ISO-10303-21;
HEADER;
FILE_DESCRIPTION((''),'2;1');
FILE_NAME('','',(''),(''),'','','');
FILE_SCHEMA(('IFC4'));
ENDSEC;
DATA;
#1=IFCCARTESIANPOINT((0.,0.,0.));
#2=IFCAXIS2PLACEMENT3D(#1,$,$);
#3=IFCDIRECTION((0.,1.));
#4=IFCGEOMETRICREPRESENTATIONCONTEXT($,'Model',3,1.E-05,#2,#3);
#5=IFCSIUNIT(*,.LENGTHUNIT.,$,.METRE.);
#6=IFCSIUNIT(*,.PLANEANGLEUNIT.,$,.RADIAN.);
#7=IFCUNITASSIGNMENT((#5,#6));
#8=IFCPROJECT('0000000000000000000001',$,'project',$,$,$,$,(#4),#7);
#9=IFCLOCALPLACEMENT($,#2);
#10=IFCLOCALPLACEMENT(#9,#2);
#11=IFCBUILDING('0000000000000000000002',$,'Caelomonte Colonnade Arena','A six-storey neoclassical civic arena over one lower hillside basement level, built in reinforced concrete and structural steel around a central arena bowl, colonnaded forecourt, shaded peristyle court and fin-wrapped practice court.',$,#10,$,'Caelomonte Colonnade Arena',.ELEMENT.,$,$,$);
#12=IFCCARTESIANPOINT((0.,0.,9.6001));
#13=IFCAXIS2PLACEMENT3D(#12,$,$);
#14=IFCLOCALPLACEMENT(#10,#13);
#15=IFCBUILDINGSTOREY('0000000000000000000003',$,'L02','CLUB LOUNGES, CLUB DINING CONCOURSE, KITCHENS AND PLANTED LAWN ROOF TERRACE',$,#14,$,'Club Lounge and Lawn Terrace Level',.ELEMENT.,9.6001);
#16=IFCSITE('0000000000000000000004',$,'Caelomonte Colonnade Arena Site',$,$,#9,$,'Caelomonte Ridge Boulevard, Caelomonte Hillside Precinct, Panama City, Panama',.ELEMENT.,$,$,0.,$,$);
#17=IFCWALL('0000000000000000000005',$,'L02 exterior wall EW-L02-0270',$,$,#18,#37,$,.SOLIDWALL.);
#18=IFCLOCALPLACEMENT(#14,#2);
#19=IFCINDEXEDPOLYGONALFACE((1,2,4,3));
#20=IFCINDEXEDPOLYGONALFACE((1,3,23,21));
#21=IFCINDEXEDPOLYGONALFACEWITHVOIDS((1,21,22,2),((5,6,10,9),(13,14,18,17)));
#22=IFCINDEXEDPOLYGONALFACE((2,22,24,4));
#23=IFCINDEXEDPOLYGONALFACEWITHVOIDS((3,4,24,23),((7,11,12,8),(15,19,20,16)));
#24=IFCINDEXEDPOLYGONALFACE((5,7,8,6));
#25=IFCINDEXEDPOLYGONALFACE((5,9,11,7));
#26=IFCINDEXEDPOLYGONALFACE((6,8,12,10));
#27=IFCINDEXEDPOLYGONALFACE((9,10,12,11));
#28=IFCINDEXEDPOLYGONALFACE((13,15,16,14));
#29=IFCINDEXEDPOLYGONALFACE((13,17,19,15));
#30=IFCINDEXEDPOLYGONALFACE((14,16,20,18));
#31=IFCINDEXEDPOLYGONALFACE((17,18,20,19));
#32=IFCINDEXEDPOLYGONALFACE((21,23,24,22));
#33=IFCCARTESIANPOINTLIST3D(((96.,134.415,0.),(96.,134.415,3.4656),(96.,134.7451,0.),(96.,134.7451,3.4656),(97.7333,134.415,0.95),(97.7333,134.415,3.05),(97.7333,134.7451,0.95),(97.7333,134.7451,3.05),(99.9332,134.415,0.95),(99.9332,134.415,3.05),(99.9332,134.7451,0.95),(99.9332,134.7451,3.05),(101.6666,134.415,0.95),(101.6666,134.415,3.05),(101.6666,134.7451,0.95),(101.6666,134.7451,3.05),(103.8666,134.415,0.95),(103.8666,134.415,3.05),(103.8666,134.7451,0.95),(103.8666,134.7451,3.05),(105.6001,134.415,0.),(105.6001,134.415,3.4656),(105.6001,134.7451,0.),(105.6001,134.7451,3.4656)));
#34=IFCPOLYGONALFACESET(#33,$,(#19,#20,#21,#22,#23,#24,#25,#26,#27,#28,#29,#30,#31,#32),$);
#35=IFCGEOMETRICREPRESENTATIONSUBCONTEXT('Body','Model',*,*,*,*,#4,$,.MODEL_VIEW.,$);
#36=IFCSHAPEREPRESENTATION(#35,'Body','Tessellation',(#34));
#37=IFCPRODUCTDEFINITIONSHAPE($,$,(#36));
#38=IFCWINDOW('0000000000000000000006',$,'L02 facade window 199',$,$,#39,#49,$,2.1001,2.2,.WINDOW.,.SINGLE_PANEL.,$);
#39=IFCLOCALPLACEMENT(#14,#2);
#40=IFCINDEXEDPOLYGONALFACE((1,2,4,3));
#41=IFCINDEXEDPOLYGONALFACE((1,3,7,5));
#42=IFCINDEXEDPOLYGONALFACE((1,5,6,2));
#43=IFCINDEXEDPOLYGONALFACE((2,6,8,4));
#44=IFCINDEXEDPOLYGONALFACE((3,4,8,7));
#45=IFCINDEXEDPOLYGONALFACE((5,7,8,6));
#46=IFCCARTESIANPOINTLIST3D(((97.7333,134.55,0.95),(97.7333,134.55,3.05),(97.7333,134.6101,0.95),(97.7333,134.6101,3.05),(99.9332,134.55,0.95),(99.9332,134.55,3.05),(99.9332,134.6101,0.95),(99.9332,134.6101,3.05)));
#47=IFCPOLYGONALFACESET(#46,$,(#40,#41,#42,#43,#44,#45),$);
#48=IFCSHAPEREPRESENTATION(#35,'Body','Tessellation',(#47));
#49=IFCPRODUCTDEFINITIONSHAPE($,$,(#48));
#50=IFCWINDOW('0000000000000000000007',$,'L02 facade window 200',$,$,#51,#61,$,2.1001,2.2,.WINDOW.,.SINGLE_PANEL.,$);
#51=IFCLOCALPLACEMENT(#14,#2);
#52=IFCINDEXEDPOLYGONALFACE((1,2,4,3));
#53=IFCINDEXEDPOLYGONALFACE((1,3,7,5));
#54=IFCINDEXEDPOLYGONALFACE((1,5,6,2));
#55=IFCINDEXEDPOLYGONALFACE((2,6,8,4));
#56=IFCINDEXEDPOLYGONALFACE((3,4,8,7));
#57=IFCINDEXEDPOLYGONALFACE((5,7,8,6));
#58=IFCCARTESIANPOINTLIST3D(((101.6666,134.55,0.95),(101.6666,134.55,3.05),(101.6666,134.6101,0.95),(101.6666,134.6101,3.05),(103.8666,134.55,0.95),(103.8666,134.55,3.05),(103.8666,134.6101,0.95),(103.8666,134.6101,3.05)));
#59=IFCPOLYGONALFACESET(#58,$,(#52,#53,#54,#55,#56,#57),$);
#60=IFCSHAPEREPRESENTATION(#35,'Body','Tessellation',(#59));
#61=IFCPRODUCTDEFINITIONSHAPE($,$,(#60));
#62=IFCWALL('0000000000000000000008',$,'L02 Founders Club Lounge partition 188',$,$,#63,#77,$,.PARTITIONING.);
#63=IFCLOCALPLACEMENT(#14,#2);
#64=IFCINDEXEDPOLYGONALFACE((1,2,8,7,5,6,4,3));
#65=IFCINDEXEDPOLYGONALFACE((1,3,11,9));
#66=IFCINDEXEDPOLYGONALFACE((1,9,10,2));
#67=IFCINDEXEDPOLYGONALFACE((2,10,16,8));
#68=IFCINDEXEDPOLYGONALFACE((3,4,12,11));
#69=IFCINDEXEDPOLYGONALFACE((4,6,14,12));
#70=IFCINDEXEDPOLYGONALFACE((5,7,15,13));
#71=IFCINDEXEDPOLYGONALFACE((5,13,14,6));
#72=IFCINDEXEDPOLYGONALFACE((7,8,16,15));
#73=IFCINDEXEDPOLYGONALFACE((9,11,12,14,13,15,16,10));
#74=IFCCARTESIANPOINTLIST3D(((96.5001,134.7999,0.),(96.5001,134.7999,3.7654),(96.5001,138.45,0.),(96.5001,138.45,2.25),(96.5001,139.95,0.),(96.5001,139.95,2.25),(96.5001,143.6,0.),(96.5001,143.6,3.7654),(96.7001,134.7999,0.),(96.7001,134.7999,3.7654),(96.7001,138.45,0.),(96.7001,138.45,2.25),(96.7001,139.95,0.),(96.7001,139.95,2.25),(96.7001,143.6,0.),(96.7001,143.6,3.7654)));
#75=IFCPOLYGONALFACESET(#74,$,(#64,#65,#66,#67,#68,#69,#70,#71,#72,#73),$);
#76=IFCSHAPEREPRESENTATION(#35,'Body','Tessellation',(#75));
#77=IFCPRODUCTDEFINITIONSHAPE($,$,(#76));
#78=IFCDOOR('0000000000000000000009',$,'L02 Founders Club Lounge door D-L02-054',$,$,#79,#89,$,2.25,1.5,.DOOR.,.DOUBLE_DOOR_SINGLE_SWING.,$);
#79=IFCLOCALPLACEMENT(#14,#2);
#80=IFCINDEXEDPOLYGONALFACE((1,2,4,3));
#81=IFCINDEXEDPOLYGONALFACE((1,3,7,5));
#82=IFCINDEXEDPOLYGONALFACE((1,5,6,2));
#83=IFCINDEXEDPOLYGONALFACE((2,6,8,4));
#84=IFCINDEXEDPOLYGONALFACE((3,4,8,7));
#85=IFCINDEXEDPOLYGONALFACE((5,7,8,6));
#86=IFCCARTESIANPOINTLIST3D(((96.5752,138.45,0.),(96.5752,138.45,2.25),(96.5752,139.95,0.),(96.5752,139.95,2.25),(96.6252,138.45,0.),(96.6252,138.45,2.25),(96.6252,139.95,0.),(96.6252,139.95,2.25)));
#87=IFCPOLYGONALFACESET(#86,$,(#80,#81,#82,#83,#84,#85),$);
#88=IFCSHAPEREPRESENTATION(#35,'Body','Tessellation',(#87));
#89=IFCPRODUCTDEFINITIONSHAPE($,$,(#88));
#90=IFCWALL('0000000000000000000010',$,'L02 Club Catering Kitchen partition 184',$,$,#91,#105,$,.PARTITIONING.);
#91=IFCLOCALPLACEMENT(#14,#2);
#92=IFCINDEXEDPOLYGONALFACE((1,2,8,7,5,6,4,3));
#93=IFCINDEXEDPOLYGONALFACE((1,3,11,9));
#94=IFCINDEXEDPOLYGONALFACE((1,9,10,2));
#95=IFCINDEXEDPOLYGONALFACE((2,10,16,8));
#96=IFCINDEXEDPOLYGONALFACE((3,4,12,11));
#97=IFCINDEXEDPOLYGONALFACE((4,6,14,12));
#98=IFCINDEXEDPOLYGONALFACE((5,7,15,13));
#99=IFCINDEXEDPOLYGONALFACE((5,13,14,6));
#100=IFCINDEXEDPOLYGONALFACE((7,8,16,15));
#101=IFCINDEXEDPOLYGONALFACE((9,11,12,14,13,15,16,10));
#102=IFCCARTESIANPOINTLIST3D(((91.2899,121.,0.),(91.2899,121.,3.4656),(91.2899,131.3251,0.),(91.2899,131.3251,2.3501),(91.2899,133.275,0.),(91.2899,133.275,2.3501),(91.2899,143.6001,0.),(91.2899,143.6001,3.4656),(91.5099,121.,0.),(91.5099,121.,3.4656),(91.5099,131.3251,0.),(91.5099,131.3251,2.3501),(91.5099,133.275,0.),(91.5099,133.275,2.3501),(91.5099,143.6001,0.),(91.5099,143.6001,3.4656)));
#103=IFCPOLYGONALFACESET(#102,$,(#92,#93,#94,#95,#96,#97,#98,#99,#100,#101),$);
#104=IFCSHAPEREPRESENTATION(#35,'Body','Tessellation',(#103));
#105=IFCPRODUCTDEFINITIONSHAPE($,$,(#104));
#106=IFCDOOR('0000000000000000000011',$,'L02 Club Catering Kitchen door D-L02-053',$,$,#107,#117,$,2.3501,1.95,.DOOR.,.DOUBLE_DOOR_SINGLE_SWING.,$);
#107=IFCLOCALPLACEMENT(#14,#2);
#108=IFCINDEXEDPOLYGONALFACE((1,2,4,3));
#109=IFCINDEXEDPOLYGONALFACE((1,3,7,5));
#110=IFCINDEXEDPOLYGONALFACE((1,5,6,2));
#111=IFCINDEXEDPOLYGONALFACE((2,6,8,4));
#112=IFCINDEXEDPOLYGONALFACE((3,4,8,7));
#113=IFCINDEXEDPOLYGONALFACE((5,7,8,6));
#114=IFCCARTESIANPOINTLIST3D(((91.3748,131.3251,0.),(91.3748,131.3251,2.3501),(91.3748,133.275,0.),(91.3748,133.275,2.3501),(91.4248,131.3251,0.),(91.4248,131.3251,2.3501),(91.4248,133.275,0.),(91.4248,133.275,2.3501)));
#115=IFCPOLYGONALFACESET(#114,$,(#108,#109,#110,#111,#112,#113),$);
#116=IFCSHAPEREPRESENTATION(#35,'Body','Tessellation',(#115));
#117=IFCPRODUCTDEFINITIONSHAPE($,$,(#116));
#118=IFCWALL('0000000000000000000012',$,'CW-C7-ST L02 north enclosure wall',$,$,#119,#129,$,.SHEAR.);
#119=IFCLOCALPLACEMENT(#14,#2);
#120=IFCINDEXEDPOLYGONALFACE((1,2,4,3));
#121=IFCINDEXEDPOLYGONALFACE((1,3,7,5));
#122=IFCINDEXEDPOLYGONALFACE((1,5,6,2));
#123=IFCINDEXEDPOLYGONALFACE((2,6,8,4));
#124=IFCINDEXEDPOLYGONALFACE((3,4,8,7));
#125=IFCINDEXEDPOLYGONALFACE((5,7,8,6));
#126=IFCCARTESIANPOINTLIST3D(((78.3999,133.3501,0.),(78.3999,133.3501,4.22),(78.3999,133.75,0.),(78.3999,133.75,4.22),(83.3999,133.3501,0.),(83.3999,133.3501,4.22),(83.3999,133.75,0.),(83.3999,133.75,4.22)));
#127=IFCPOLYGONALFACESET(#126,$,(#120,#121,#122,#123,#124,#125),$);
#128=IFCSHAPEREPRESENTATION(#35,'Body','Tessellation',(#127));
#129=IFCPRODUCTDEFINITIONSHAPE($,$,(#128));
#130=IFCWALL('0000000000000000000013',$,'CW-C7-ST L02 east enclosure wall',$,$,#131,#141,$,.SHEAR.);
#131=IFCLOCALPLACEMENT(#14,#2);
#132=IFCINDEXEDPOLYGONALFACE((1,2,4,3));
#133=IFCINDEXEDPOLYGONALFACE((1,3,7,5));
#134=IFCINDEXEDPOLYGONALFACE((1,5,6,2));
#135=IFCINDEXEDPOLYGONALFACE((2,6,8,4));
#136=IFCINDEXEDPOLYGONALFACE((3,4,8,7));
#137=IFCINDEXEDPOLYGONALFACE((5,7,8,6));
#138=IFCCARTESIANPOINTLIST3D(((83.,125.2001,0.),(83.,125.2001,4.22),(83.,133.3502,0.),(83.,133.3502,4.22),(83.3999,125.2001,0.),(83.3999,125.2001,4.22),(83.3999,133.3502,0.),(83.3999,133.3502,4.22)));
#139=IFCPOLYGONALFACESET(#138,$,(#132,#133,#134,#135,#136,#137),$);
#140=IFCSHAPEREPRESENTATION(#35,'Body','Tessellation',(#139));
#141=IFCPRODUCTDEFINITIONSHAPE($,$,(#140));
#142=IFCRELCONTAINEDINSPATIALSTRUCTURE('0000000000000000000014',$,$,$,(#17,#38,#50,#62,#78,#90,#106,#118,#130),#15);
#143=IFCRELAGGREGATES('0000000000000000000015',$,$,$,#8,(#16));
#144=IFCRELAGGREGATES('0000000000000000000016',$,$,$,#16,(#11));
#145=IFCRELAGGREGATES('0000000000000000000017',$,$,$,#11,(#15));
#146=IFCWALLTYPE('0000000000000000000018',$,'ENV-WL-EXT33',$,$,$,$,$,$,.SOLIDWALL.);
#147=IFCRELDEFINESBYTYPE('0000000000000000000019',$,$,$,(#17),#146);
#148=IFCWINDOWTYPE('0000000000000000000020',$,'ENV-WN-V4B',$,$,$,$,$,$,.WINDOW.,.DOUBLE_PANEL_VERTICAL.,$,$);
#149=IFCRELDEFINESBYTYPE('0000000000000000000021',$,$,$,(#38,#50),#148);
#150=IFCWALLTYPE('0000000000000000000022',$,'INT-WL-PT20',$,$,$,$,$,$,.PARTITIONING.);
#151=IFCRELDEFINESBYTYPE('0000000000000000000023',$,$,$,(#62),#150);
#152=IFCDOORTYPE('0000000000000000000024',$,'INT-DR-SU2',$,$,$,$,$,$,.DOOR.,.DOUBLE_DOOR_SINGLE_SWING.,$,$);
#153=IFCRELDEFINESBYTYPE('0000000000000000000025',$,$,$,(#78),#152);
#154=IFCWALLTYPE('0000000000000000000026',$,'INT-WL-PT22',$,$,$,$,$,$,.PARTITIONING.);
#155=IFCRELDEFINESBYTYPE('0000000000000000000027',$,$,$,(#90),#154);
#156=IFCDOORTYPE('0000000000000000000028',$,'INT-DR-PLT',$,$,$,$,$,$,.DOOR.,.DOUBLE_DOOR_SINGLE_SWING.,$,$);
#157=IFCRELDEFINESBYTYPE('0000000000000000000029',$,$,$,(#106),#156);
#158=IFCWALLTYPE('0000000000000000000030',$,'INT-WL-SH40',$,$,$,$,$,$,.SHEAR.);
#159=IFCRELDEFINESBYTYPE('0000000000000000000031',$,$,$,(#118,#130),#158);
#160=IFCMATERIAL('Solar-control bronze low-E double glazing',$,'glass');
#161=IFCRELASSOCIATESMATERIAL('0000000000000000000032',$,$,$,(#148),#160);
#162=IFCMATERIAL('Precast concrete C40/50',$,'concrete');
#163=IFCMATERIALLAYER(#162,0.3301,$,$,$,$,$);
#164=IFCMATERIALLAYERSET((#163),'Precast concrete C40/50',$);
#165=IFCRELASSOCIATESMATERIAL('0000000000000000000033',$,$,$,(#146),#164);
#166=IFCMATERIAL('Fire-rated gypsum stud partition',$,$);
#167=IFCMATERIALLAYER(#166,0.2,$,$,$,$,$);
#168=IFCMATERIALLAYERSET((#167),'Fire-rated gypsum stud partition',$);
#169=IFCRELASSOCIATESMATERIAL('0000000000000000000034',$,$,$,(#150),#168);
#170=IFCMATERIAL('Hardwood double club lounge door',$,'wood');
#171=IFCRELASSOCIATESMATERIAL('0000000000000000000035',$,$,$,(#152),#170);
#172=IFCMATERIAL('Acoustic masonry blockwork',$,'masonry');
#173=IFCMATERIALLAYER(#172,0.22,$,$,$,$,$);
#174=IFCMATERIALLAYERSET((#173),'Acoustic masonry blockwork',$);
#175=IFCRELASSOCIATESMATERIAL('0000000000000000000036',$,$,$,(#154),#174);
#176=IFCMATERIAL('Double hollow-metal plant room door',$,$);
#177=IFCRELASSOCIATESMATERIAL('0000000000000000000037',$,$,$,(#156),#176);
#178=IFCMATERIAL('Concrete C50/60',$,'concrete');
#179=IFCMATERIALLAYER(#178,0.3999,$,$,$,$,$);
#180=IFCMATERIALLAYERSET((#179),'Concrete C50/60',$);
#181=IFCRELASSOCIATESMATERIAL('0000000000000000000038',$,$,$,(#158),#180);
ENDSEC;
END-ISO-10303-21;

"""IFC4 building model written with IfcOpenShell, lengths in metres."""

from ifc_helpers import new_model, si_unit, direction, frame, frame_2d, origin, place, context, subcontext, project, spatial, rectangle, extrude, material, layer, layer_set, type_object, element, fill, save


model = new_model("IFC4")

# Units and contexts
model_context = context("Model", 3, precision=1e-05, world=origin(), true_north=direction((0.0, 1.0)))
body_context = subcontext(model_context, "Body", "Model", "MODEL_VIEW")
ifc_project = project(units=[si_unit("LENGTHUNIT", "METRE"), si_unit("PLANEANGLEUNIT", "RADIAN")], contexts=[model_context])

# Site, building, storey
site_placement = place(None, origin())
site = spatial("IfcSite", under=ifc_project, at=site_placement, Name="Caelomonte Colonnade Arena Site", LongName="Caelomonte Ridge Boulevard, Caelomonte Hillside Precinct, Panama City, Panama", CompositionType="ELEMENT", RefElevation=0.0)
building_placement = place(site_placement, origin())
building = spatial("IfcBuilding", under=site, at=building_placement, Name="Caelomonte Colonnade Arena", Description="A six-storey neoclassical civic arena over one lower hillside basement level, built in reinforced concrete and structural steel around a central arena bowl, colonnaded forecourt, shaded peristyle court and fin-wrapped practice court.", LongName="Caelomonte Colonnade Arena", CompositionType="ELEMENT")
storey_placement = place(building_placement, frame((0.0, 0.0, 9.6001)))
storey = spatial("IfcBuildingStorey", under=building, at=storey_placement, Name="L02", Description="CLUB LOUNGES, CLUB DINING CONCOURSE, KITCHENS AND PLANTED LAWN ROOF TERRACE", LongName="Club Lounge and Lawn Terrace Level", CompositionType="ELEMENT", Elevation=9.6001)

# Shared definitions
ifc_material_1 = material(Name="Solar-control bronze low-E double glazing", Category="glass")

# Wall, openings, windows
ifc_material_2 = material(Name="Precast concrete C40/50", Category="concrete")
window_type = type_object("IfcWindowType", Name="ENV-WN-V4B", PartitioningType="DOUBLE_PANEL_VERTICAL", PredefinedType="WINDOW", material=ifc_material_1)
ifc_layer_1 = layer(ifc_material_2, 0.3301)
ifc_layer_set_1 = layer_set([ifc_layer_1], Name="Precast concrete C40/50")
wall_type_1 = type_object("IfcWallType", Name="ENV-WL-EXT33", PredefinedType="SOLIDWALL", material=ifc_layer_set_1)
wall_1_placement = place(storey_placement, frame((96.0, 134.5801, 0.0), z_axis=(0.0, 0.0, 1.0), x_axis=(1.0, 0.0, 0.0)))
wall_1 = element("IfcWall", 1, at=wall_1_placement, inside=storey, type_object=wall_type_1, Name="L02 exterior wall EW-L02-0270", PredefinedType="SOLIDWALL", context=body_context, shape_type="SweptSolid", body=[
    extrude(rectangle(XDim=9.6001, YDim=0.3301, at=frame_2d((4.8, 0.0))), origin(), (0.0, 0.0, 1.0), 3.4656),
])
opening_1_placement = place(wall_1_placement, frame((3.9333, 0.0, 0.95), z_axis=(0.0, 0.0, 1.0), x_axis=(-1.0, 0.0, 0.0)))
opening_1 = element("IfcOpeningElement", 2, at=opening_1_placement, cuts=wall_1, PredefinedType="OPENING", context=body_context, shape_type="SweptSolid", body=[
    extrude(rectangle(XDim=2.2, YDim=2.1001, at=frame_2d((1.1001, 1.05))), frame((0.0, 0.175, 0.0), z_axis=(0.0, -1.0, 0.0), x_axis=(1.0, 0.0, 0.0)), (0.0, 0.0, 1.0), 0.3501),
])
opening_2_placement = place(wall_1_placement, frame((7.8667, 0.0, 0.95), z_axis=(0.0, 0.0, 1.0), x_axis=(-1.0, 0.0, 0.0)))
opening_2 = element("IfcOpeningElement", 3, at=opening_2_placement, cuts=wall_1, PredefinedType="OPENING", context=body_context, shape_type="SweptSolid", body=[
    extrude(rectangle(XDim=2.2, YDim=2.1001, at=frame_2d((1.1001, 1.05))), frame((0.0, 0.175, 0.0), z_axis=(0.0, -1.0, 0.0), x_axis=(1.0, 0.0, 0.0)), (0.0, 0.0, 1.0), 0.3501),
])
window_1_placement = place(opening_1_placement, origin())
window_1 = element("IfcWindow", 4, at=window_1_placement, inside=storey, type_object=window_type, Name="L02 facade window 199", OverallHeight=2.1001, OverallWidth=2.2, PartitioningType="SINGLE_PANEL", PredefinedType="WINDOW", context=body_context, shape_type="SweptSolid", body=[
    extrude(rectangle(XDim=2.2, YDim=2.1001, at=frame_2d((1.1001, 1.05))), frame((0.0, 0.03, 0.0), z_axis=(0.0, -1.0, 0.0), x_axis=(1.0, 0.0, 0.0)), (0.0, 0.0, 1.0), 0.0601),
])
fill(opening_1, window_1)
window_2_placement = place(opening_2_placement, origin())
window_2 = element("IfcWindow", 5, at=window_2_placement, inside=storey, type_object=window_type, Name="L02 facade window 200", OverallHeight=2.1001, OverallWidth=2.2, PartitioningType="SINGLE_PANEL", PredefinedType="WINDOW", context=body_context, shape_type="SweptSolid", body=[
    extrude(rectangle(XDim=2.2, YDim=2.1001, at=frame_2d((1.1001, 1.05))), frame((0.0, 0.03, 0.0), z_axis=(0.0, -1.0, 0.0), x_axis=(1.0, 0.0, 0.0)), (0.0, 0.0, 1.0), 0.0601),
])
fill(opening_2, window_2)

# Walls, openings, doors
ifc_material_3 = material(Name="Fire-rated gypsum stud partition")
ifc_layer_2 = layer(ifc_material_3, 0.2)
ifc_layer_set_2 = layer_set([ifc_layer_2], Name="Fire-rated gypsum stud partition")
wall_type_2 = type_object("IfcWallType", Name="INT-WL-PT20", PredefinedType="PARTITIONING", material=ifc_layer_set_2)
wall_2_placement = place(storey_placement, frame((96.6001, 134.8, 0.0), z_axis=(0.0, 0.0, 1.0), x_axis=(0.0, 1.0, 0.0)))
wall_2 = element("IfcWall", 6, at=wall_2_placement, inside=storey, type_object=wall_type_2, Name="L02 Founders Club Lounge partition 188", PredefinedType="PARTITIONING", context=body_context, shape_type="SweptSolid", body=[
    extrude(rectangle(XDim=8.8, YDim=0.2, at=frame_2d((4.3999, 0.0))), origin(), (0.0, 0.0, 1.0), 3.7654),
])
opening_3_placement = place(wall_2_placement, frame((3.6499, 0.0, 0.0), z_axis=(0.0, 0.0, 1.0), x_axis=(1.0, 0.0, 0.0)))
opening_3 = element("IfcOpeningElement", 7, at=opening_3_placement, cuts=wall_2, PredefinedType="OPENING", context=body_context, shape_type="SweptSolid", body=[
    extrude(rectangle(XDim=1.5, YDim=2.25, at=frame_2d((0.75, 1.125))), frame((0.0, 0.1099, 0.0), z_axis=(0.0, -1.0, 0.0), x_axis=(1.0, 0.0, 0.0)), (0.0, 0.0, 1.0), 0.22),
])
ifc_material_4 = material(Name="Hardwood double club lounge door", Category="wood")
door_type_1 = type_object("IfcDoorType", Name="INT-DR-SU2", OperationType="DOUBLE_DOOR_SINGLE_SWING", PredefinedType="DOOR", material=ifc_material_4)
door_1_placement = place(opening_3_placement, origin())
door_1 = element("IfcDoor", 8, at=door_1_placement, inside=storey, type_object=door_type_1, Name="L02 Founders Club Lounge door D-L02-054", OperationType="DOUBLE_DOOR_SINGLE_SWING", OverallHeight=2.25, OverallWidth=1.5, PredefinedType="DOOR", context=body_context, shape_type="SweptSolid", body=[
    extrude(rectangle(XDim=1.5, YDim=2.25, at=frame_2d((0.75, 1.125))), frame((0.0, 0.0249, 0.0), z_axis=(0.0, -1.0, 0.0), x_axis=(1.0, 0.0, 0.0)), (0.0, 0.0, 1.0), 0.05),
])
fill(opening_3, door_1)
ifc_material_5 = material(Name="Acoustic masonry blockwork", Category="masonry")
ifc_layer_3 = layer(ifc_material_5, 0.22)
ifc_layer_set_3 = layer_set([ifc_layer_3], Name="Acoustic masonry blockwork")
wall_type_3 = type_object("IfcWallType", Name="INT-WL-PT22", PredefinedType="PARTITIONING", material=ifc_layer_set_3)
wall_3_placement = place(storey_placement, frame((91.3999, 143.6001, 0.0), z_axis=(0.0, 0.0, 1.0), x_axis=(0.0, -1.0, 0.0)))
wall_3 = element("IfcWall", 9, at=wall_3_placement, inside=storey, type_object=wall_type_3, Name="L02 Club Catering Kitchen partition 184", PredefinedType="PARTITIONING", context=body_context, shape_type="SweptSolid", body=[
    extrude(rectangle(XDim=22.6001, YDim=0.22, at=frame_2d((11.3, 0.0))), origin(), (0.0, 0.0, 1.0), 3.4656),
])
opening_4_placement = place(wall_3_placement, frame((10.325, 0.0, 0.0), z_axis=(0.0, 0.0, 1.0), x_axis=(1.0, 0.0, 0.0)))
opening_4 = element("IfcOpeningElement", 10, at=opening_4_placement, cuts=wall_3, PredefinedType="OPENING", context=body_context, shape_type="SweptSolid", body=[
    extrude(rectangle(XDim=1.95, YDim=2.3501, at=frame_2d((0.9751, 1.175))), frame((0.0, 0.1199, 0.0), z_axis=(0.0, -1.0, 0.0), x_axis=(1.0, 0.0, 0.0)), (0.0, 0.0, 1.0), 0.24),
])
ifc_material_6 = material(Name="Double hollow-metal plant room door")
door_type_2 = type_object("IfcDoorType", Name="INT-DR-PLT", OperationType="DOUBLE_DOOR_SINGLE_SWING", PredefinedType="DOOR", material=ifc_material_6)
door_2_placement = place(opening_4_placement, origin())
door_2 = element("IfcDoor", 11, at=door_2_placement, inside=storey, type_object=door_type_2, Name="L02 Club Catering Kitchen door D-L02-053", OperationType="DOUBLE_DOOR_SINGLE_SWING", OverallHeight=2.3501, OverallWidth=1.95, PredefinedType="DOOR", context=body_context, shape_type="SweptSolid", body=[
    extrude(rectangle(XDim=1.95, YDim=2.3501, at=frame_2d((0.9751, 1.175))), frame((0.0, 0.0249, 0.0), z_axis=(0.0, -1.0, 0.0), x_axis=(1.0, 0.0, 0.0)), (0.0, 0.0, 1.0), 0.05),
])
fill(opening_4, door_2)

# Walls
ifc_material_7 = material(Name="Concrete C50/60", Category="concrete")
ifc_layer_4 = layer(ifc_material_7, 0.3999)
ifc_layer_set_4 = layer_set([ifc_layer_4], Name="Concrete C50/60")
wall_type_4 = type_object("IfcWallType", Name="INT-WL-SH40", PredefinedType="SHEAR", material=ifc_layer_set_4)
wall_4_placement = place(storey_placement, frame((83.3999, 133.55, 0.0), z_axis=(0.0, 0.0, 1.0), x_axis=(-1.0, 0.0, 0.0)))
element("IfcWall", 12, at=wall_4_placement, inside=storey, type_object=wall_type_4, Name="CW-C7-ST L02 north enclosure wall", PredefinedType="SHEAR", context=body_context, shape_type="SweptSolid", body=[
    extrude(rectangle(XDim=5.0, YDim=0.3999, at=frame_2d((2.5, 0.0))), origin(), (0.0, 0.0, 1.0), 4.22),
])
wall_5_placement = place(storey_placement, frame((83.2, 125.2, 0.0), z_axis=(0.0, 0.0, 1.0), x_axis=(0.0, 1.0, 0.0)))
element("IfcWall", 13, at=wall_5_placement, inside=storey, type_object=wall_type_4, Name="CW-C7-ST L02 east enclosure wall", PredefinedType="SHEAR", context=body_context, shape_type="SweptSolid", body=[
    extrude(rectangle(XDim=8.1501, YDim=0.3999, at=frame_2d((4.0752, 0.0))), origin(), (0.0, 0.0, 1.0), 4.22),
])

save(model, "model.ifc")
